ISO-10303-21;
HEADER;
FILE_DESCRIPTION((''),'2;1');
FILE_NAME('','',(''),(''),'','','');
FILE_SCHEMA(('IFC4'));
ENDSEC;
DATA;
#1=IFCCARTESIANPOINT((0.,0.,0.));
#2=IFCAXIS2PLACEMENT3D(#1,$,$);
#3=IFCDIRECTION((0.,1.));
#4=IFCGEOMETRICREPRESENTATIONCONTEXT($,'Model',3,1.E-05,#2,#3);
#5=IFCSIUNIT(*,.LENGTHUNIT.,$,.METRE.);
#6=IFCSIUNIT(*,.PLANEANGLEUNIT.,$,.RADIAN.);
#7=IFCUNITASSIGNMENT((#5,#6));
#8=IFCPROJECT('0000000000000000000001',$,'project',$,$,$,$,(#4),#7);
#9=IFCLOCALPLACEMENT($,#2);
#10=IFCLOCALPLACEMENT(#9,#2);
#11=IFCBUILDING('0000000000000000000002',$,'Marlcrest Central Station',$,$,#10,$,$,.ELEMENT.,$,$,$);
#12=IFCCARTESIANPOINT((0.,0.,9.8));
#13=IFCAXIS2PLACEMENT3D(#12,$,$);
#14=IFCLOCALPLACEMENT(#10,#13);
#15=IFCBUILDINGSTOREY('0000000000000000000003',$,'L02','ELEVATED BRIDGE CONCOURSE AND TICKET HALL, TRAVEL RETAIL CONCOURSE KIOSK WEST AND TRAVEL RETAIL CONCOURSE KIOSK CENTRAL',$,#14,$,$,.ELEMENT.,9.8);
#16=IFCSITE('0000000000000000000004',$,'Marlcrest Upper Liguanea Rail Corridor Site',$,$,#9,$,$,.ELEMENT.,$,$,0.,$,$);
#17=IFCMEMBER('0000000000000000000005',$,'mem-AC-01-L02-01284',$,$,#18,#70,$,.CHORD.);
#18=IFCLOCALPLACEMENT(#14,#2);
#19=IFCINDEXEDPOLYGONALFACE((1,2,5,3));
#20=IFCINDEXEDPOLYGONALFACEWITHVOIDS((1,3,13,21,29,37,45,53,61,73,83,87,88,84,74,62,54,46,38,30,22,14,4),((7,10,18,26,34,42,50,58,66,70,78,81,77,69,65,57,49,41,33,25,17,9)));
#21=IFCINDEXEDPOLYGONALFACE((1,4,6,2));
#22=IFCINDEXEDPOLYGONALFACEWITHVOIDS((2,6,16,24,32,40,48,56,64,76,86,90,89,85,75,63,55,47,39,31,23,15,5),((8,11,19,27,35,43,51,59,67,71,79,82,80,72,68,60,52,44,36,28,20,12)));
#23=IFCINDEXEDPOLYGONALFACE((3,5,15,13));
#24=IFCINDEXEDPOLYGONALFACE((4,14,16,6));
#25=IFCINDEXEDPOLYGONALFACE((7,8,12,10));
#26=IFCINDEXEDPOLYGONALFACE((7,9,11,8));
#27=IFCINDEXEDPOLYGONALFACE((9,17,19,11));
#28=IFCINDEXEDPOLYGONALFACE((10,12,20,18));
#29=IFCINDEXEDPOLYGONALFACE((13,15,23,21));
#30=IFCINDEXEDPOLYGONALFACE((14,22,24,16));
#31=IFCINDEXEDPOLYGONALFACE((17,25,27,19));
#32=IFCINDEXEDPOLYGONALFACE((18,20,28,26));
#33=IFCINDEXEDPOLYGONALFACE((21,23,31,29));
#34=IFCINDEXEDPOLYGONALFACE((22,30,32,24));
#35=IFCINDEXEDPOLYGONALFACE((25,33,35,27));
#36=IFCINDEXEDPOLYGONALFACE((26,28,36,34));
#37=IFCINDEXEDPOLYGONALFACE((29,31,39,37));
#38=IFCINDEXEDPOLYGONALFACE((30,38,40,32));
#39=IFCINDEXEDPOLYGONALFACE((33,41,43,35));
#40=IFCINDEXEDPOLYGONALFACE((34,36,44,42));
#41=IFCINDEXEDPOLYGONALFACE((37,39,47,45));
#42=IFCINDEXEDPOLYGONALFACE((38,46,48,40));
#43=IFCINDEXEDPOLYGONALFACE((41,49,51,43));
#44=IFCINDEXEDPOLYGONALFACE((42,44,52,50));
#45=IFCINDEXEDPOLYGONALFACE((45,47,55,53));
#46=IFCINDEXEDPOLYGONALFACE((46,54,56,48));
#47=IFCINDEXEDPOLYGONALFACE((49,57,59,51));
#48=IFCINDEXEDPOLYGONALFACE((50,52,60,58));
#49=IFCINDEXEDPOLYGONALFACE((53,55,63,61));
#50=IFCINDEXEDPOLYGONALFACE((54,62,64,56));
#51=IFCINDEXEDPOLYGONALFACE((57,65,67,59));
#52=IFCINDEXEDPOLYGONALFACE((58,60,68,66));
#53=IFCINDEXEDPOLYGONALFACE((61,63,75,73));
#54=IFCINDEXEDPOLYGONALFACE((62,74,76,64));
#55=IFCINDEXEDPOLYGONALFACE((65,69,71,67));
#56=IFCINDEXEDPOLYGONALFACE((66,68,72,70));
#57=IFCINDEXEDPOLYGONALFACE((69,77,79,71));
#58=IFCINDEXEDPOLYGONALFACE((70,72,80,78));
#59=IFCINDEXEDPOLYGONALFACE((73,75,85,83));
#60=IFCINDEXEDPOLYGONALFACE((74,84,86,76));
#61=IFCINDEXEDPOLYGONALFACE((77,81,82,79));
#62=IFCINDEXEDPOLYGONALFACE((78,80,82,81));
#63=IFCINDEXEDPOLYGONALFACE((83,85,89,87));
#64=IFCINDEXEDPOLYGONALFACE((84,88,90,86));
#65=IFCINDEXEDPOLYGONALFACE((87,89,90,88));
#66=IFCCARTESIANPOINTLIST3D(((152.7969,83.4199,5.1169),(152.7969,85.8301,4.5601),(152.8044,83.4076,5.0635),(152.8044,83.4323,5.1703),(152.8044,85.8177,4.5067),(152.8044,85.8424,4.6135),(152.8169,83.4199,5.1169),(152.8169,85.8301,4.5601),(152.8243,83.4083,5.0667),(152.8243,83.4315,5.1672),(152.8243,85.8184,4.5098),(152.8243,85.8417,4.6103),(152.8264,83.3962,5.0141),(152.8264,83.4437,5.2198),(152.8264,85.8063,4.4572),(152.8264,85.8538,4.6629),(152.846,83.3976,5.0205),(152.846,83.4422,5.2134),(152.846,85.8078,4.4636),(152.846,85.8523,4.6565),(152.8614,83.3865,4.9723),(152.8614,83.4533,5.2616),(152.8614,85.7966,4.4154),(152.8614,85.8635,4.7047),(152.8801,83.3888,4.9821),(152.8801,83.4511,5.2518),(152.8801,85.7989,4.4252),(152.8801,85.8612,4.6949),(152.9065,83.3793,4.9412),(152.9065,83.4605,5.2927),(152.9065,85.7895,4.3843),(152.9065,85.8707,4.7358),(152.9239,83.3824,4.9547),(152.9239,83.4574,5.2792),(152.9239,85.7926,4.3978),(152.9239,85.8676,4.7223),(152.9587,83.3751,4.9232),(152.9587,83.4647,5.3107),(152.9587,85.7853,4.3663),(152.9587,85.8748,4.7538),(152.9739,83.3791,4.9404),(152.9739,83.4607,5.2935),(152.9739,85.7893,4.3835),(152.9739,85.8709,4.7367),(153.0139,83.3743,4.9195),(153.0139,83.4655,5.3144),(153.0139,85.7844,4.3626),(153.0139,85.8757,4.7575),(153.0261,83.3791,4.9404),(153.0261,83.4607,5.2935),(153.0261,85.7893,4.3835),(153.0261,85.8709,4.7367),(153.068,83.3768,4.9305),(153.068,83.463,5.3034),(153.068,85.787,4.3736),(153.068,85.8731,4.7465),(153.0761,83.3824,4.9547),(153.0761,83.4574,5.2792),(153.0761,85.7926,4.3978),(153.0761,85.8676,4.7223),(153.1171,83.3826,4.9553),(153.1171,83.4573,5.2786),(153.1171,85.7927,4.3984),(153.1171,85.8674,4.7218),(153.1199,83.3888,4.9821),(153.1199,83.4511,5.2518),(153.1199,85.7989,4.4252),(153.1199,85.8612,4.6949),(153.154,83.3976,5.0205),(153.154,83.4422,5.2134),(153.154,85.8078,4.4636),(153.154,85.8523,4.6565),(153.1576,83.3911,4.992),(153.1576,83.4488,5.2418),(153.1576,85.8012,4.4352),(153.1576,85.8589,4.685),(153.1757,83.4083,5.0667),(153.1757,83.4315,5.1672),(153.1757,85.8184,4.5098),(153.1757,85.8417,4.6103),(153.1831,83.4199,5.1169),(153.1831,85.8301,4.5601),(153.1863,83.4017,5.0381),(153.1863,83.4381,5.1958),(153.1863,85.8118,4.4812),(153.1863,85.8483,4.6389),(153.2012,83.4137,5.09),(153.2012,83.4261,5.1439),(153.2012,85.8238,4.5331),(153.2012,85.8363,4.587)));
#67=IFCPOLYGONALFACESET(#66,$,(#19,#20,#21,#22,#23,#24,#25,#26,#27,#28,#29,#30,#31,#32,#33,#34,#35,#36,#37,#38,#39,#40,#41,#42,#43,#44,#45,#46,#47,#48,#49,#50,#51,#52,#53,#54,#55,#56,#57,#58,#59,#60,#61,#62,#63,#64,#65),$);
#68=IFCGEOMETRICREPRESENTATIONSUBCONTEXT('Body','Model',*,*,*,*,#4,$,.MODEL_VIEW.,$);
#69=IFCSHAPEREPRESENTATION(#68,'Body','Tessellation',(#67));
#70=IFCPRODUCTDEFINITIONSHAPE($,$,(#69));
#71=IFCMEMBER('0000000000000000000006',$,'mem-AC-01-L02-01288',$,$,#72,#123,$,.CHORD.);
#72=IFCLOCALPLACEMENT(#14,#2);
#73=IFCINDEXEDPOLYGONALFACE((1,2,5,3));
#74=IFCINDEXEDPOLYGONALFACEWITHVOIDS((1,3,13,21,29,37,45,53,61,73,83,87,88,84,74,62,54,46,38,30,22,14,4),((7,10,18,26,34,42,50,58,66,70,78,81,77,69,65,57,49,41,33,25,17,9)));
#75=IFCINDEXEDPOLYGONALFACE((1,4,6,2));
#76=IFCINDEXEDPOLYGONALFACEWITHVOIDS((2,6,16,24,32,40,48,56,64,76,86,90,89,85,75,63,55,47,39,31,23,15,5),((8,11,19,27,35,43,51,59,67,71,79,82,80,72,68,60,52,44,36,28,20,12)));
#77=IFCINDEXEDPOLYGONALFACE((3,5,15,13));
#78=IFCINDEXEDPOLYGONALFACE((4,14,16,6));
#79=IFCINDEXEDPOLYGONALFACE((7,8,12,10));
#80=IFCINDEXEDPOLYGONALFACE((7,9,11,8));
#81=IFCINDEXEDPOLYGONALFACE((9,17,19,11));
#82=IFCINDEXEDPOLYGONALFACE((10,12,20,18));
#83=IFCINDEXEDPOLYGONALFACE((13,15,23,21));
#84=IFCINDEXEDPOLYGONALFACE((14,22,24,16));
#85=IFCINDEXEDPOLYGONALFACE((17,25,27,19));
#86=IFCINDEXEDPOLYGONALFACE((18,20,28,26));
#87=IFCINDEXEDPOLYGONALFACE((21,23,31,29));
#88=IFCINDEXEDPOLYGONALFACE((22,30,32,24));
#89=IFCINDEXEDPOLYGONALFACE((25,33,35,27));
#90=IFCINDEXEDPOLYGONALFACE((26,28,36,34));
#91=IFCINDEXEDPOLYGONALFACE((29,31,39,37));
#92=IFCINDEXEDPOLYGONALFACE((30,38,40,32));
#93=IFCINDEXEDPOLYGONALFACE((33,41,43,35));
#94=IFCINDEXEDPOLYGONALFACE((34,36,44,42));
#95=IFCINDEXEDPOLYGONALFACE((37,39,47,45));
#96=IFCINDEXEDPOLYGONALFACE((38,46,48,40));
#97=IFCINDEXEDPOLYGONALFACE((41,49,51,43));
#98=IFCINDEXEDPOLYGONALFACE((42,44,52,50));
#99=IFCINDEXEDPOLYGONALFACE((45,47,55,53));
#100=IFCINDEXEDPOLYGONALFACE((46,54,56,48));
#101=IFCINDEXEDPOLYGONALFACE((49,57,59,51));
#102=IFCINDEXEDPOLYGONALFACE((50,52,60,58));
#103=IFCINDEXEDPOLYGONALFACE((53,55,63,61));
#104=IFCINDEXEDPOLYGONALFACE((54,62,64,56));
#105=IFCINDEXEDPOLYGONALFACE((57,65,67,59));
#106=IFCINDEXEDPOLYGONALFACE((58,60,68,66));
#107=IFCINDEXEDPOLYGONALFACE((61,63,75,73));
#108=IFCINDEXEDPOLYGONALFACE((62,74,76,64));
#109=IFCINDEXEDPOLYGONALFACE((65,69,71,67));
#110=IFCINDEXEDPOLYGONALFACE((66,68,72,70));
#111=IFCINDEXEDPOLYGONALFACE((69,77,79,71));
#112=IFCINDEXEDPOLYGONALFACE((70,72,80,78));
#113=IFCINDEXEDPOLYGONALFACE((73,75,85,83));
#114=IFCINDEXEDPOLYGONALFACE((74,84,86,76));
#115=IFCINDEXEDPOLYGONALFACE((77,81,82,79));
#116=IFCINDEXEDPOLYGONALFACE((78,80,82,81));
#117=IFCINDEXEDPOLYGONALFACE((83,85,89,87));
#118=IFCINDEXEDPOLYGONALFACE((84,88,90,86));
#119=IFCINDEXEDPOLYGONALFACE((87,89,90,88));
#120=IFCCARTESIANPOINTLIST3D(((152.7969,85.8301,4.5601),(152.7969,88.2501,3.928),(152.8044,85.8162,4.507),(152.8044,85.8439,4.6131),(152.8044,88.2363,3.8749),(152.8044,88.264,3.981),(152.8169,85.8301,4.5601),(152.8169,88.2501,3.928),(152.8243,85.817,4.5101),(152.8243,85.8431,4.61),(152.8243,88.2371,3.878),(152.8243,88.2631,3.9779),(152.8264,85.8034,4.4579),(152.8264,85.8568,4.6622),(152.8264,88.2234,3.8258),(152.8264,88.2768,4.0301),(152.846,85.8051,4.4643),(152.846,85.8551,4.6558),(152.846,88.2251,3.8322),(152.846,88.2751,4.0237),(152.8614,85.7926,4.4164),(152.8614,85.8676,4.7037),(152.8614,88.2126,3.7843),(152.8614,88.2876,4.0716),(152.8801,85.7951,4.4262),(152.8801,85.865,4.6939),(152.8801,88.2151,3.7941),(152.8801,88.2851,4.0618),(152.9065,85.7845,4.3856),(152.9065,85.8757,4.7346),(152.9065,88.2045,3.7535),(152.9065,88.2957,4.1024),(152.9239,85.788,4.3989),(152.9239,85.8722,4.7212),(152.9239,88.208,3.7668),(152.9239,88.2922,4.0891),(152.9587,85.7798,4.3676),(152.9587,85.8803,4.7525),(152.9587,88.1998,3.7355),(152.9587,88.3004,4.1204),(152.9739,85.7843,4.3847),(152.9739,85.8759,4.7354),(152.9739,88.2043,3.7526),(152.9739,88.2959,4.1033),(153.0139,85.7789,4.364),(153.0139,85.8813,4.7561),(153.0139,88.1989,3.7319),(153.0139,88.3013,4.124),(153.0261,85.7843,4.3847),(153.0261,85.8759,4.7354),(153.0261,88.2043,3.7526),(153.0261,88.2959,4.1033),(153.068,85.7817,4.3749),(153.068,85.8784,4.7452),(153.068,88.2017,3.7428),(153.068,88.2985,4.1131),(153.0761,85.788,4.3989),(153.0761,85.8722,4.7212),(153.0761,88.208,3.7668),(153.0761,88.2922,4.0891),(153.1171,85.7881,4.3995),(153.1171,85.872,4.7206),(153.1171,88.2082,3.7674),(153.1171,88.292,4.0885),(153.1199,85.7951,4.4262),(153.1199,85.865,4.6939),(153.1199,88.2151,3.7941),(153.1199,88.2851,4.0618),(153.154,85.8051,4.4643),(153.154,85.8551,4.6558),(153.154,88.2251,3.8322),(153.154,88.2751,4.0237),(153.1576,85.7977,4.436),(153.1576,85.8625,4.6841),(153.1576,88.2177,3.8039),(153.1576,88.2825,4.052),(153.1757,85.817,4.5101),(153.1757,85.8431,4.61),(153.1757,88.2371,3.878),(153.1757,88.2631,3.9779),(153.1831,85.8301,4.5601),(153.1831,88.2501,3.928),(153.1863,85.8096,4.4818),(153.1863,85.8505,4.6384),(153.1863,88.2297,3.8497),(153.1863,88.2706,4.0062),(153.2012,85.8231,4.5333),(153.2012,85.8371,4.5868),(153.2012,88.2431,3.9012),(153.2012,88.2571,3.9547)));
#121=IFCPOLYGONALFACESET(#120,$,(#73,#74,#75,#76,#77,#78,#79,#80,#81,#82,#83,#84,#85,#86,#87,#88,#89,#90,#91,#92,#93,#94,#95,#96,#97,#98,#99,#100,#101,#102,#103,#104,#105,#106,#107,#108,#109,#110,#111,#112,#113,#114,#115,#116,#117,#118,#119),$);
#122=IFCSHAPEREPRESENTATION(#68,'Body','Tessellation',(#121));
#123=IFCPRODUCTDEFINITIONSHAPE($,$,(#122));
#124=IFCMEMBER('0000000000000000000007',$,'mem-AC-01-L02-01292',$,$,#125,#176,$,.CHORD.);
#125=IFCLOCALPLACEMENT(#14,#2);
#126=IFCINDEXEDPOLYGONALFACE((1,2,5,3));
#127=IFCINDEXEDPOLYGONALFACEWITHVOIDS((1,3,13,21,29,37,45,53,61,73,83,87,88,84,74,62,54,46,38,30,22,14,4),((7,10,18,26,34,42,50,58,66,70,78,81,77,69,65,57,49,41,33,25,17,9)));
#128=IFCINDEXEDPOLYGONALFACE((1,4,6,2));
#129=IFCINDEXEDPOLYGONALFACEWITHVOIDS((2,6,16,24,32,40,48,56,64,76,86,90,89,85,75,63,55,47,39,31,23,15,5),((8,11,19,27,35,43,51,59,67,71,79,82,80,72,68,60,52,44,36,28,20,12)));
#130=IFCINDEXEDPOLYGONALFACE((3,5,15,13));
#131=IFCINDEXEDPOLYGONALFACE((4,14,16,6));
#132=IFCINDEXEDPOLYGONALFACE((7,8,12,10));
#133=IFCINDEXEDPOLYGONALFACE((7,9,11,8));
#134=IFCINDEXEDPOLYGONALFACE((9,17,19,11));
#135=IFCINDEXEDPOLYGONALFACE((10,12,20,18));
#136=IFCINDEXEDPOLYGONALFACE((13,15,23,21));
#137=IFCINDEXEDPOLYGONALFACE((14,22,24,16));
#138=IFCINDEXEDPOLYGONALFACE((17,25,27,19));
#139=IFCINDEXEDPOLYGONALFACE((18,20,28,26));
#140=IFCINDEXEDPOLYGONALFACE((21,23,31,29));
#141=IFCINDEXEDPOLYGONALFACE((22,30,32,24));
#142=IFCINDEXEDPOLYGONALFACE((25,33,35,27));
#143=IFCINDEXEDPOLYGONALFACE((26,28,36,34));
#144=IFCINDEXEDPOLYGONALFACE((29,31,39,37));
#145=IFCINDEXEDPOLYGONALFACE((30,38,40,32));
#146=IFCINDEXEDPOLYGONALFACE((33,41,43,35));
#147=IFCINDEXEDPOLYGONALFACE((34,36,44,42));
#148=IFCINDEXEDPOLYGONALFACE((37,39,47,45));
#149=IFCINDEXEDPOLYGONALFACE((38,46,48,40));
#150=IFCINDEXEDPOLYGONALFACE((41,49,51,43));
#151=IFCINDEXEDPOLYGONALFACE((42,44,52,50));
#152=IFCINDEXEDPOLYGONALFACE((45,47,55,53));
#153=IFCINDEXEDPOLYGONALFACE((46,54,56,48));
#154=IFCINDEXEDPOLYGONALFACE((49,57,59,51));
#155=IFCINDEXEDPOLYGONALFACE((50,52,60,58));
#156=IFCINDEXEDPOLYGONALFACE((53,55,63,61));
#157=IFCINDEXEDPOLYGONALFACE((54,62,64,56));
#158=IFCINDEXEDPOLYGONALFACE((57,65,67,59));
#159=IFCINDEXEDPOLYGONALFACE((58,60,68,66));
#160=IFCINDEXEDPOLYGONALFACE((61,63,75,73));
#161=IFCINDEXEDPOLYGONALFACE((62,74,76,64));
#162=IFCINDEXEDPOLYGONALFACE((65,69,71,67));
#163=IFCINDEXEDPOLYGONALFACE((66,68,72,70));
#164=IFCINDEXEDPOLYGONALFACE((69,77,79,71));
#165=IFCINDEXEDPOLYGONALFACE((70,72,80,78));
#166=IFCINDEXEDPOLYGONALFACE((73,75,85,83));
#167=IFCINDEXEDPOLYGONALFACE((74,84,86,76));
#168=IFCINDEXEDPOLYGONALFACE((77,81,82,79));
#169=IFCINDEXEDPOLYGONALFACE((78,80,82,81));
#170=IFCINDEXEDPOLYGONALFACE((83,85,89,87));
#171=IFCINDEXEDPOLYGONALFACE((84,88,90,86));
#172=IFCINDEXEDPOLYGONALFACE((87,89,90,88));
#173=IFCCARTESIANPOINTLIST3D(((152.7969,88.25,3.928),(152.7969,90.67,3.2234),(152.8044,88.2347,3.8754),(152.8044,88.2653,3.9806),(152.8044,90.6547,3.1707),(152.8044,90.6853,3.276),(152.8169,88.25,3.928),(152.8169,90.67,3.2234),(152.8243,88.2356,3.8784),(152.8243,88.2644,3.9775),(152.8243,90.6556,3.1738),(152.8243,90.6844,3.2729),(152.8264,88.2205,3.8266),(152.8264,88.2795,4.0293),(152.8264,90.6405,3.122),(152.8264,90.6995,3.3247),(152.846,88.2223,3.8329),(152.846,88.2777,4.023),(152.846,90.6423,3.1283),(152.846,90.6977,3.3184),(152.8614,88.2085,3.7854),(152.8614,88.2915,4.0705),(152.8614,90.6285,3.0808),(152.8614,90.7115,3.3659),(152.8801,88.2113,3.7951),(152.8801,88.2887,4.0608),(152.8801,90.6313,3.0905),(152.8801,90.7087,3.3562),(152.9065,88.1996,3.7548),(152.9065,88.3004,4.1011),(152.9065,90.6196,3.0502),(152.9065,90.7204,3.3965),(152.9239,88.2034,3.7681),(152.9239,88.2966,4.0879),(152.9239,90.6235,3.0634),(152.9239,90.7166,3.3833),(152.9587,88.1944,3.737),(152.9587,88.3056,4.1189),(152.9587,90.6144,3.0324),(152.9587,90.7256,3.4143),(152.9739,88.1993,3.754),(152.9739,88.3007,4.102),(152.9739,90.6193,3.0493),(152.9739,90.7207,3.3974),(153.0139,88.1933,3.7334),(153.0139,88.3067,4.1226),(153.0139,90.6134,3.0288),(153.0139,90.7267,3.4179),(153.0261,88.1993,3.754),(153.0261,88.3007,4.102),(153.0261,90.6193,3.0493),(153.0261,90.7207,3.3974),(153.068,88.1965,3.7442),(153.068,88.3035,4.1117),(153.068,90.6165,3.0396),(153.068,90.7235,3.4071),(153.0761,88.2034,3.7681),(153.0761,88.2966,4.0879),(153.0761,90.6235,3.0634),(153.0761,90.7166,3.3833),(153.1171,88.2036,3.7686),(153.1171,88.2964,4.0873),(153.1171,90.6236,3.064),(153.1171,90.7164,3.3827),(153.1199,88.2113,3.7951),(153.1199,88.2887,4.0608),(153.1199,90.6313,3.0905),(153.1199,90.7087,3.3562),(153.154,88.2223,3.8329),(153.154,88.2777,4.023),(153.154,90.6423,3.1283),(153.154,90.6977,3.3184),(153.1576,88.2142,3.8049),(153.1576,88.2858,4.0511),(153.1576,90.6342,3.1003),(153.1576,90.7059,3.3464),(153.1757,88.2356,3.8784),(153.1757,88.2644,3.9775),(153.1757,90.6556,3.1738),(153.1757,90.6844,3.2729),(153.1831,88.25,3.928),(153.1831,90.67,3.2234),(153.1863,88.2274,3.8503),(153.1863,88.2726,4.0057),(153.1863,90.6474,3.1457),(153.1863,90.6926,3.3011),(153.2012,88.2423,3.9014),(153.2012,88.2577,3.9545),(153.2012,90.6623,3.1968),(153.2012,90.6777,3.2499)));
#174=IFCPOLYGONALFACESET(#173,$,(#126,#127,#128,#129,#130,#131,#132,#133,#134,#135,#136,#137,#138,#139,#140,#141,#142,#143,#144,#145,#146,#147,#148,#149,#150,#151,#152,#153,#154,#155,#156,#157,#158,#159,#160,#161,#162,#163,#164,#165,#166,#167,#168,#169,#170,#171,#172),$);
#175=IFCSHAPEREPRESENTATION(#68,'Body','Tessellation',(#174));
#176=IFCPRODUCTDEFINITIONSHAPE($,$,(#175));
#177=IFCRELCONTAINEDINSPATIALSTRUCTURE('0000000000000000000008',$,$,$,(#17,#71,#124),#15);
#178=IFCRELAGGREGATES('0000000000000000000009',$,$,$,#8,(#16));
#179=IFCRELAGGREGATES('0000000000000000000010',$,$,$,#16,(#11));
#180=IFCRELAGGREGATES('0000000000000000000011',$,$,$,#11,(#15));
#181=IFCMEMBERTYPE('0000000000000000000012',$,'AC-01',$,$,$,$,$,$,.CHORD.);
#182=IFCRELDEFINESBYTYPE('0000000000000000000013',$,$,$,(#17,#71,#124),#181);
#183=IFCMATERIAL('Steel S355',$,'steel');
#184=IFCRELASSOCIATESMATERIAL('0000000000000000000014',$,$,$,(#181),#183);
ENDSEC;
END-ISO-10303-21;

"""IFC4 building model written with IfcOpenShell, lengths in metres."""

from ifc_helpers import new_model, si_unit, direction, frame, origin, origin_2d, place, context, subcontext, project, spatial, hollow_circle, extrude, material, material_profile, profile_set, type_object, element, save


model = new_model("IFC4")

# Units and contexts
model_context = context("Model", 3, precision=1e-05, world=origin(), true_north=direction((0.0, 1.0)))
body_context = subcontext(model_context, "Body", "Model", "MODEL_VIEW")
ifc_project = project(units=[si_unit("LENGTHUNIT", "METRE"), si_unit("PLANEANGLEUNIT", "RADIAN")], contexts=[model_context])

# Site, building, storey
site_placement = place(None, origin())
site = spatial("IfcSite", under=ifc_project, at=site_placement, Name="Marlcrest Upper Liguanea Rail Corridor Site", CompositionType="ELEMENT", RefElevation=0.0)
building_placement = place(site_placement, origin())
building = spatial("IfcBuilding", under=site, at=building_placement, Name="Marlcrest Central Station", CompositionType="ELEMENT")
storey_placement = place(building_placement, frame((0.0, 0.0, 9.8)))
storey = spatial("IfcBuildingStorey", under=building, at=storey_placement, Name="L02", Description="ELEVATED BRIDGE CONCOURSE AND TICKET HALL, TRAVEL RETAIL CONCOURSE KIOSK WEST AND TRAVEL RETAIL CONCOURSE KIOSK CENTRAL", CompositionType="ELEMENT", Elevation=9.8)

# Members
ifc_material_1 = material(Name="Steel S355", Category="steel")
ifc_material_profile_1 = material_profile(ifc_material_1, hollow_circle(Radius=0.2031, WallThickness=0.02, at=origin_2d()), Name="CHS 406.4x20")
ifc_profile_set_1 = profile_set([ifc_material_profile_1], Name="Steel S355")
member_type_1 = type_object("IfcMemberType", Name="AC-01", PredefinedType="CHORD", material=ifc_profile_set_1)
member_1_placement = place(storey_placement, frame((153.0, 83.4199, 5.1169), z_axis=(0.0, 0.97433, -0.225126), x_axis=(-1.0, 0.0, 0.0)))
element("IfcMember", 1, at=member_1_placement, inside=storey, type_object=member_type_1, Name="mem-AC-01-L02-01284", PredefinedType="CHORD", context=body_context, shape_type="SweptSolid", body=[
    extrude(hollow_circle(Radius=0.2031, WallThickness=0.02, at=origin_2d()), origin(), (0.0, 0.0, 1.0), 2.4736),
])
member_2_placement = place(storey_placement, frame((153.0, 85.8301, 4.5601), z_axis=(0.0, 0.967539, -0.25272), x_axis=(-1.0, 0.0, 0.0)))
element("IfcMember", 2, at=member_2_placement, inside=storey, type_object=member_type_1, Name="mem-AC-01-L02-01288", PredefinedType="CHORD", context=body_context, shape_type="SweptSolid", body=[
    extrude(hollow_circle(Radius=0.2031, WallThickness=0.02, at=origin_2d()), origin(), (0.0, 0.0, 1.0), 2.5012),
])
member_3_placement = place(storey_placement, frame((153.0, 88.25, 3.928), z_axis=(0.0, 0.96013, -0.279554), x_axis=(-1.0, 0.0, 0.0)))
element("IfcMember", 3, at=member_3_placement, inside=storey, type_object=member_type_1, Name="mem-AC-01-L02-01292", PredefinedType="CHORD", context=body_context, shape_type="SweptSolid", body=[
    extrude(hollow_circle(Radius=0.2031, WallThickness=0.02, at=origin_2d()), origin(), (0.0, 0.0, 1.0), 2.5205),
])

save(model, "model.ifc")
